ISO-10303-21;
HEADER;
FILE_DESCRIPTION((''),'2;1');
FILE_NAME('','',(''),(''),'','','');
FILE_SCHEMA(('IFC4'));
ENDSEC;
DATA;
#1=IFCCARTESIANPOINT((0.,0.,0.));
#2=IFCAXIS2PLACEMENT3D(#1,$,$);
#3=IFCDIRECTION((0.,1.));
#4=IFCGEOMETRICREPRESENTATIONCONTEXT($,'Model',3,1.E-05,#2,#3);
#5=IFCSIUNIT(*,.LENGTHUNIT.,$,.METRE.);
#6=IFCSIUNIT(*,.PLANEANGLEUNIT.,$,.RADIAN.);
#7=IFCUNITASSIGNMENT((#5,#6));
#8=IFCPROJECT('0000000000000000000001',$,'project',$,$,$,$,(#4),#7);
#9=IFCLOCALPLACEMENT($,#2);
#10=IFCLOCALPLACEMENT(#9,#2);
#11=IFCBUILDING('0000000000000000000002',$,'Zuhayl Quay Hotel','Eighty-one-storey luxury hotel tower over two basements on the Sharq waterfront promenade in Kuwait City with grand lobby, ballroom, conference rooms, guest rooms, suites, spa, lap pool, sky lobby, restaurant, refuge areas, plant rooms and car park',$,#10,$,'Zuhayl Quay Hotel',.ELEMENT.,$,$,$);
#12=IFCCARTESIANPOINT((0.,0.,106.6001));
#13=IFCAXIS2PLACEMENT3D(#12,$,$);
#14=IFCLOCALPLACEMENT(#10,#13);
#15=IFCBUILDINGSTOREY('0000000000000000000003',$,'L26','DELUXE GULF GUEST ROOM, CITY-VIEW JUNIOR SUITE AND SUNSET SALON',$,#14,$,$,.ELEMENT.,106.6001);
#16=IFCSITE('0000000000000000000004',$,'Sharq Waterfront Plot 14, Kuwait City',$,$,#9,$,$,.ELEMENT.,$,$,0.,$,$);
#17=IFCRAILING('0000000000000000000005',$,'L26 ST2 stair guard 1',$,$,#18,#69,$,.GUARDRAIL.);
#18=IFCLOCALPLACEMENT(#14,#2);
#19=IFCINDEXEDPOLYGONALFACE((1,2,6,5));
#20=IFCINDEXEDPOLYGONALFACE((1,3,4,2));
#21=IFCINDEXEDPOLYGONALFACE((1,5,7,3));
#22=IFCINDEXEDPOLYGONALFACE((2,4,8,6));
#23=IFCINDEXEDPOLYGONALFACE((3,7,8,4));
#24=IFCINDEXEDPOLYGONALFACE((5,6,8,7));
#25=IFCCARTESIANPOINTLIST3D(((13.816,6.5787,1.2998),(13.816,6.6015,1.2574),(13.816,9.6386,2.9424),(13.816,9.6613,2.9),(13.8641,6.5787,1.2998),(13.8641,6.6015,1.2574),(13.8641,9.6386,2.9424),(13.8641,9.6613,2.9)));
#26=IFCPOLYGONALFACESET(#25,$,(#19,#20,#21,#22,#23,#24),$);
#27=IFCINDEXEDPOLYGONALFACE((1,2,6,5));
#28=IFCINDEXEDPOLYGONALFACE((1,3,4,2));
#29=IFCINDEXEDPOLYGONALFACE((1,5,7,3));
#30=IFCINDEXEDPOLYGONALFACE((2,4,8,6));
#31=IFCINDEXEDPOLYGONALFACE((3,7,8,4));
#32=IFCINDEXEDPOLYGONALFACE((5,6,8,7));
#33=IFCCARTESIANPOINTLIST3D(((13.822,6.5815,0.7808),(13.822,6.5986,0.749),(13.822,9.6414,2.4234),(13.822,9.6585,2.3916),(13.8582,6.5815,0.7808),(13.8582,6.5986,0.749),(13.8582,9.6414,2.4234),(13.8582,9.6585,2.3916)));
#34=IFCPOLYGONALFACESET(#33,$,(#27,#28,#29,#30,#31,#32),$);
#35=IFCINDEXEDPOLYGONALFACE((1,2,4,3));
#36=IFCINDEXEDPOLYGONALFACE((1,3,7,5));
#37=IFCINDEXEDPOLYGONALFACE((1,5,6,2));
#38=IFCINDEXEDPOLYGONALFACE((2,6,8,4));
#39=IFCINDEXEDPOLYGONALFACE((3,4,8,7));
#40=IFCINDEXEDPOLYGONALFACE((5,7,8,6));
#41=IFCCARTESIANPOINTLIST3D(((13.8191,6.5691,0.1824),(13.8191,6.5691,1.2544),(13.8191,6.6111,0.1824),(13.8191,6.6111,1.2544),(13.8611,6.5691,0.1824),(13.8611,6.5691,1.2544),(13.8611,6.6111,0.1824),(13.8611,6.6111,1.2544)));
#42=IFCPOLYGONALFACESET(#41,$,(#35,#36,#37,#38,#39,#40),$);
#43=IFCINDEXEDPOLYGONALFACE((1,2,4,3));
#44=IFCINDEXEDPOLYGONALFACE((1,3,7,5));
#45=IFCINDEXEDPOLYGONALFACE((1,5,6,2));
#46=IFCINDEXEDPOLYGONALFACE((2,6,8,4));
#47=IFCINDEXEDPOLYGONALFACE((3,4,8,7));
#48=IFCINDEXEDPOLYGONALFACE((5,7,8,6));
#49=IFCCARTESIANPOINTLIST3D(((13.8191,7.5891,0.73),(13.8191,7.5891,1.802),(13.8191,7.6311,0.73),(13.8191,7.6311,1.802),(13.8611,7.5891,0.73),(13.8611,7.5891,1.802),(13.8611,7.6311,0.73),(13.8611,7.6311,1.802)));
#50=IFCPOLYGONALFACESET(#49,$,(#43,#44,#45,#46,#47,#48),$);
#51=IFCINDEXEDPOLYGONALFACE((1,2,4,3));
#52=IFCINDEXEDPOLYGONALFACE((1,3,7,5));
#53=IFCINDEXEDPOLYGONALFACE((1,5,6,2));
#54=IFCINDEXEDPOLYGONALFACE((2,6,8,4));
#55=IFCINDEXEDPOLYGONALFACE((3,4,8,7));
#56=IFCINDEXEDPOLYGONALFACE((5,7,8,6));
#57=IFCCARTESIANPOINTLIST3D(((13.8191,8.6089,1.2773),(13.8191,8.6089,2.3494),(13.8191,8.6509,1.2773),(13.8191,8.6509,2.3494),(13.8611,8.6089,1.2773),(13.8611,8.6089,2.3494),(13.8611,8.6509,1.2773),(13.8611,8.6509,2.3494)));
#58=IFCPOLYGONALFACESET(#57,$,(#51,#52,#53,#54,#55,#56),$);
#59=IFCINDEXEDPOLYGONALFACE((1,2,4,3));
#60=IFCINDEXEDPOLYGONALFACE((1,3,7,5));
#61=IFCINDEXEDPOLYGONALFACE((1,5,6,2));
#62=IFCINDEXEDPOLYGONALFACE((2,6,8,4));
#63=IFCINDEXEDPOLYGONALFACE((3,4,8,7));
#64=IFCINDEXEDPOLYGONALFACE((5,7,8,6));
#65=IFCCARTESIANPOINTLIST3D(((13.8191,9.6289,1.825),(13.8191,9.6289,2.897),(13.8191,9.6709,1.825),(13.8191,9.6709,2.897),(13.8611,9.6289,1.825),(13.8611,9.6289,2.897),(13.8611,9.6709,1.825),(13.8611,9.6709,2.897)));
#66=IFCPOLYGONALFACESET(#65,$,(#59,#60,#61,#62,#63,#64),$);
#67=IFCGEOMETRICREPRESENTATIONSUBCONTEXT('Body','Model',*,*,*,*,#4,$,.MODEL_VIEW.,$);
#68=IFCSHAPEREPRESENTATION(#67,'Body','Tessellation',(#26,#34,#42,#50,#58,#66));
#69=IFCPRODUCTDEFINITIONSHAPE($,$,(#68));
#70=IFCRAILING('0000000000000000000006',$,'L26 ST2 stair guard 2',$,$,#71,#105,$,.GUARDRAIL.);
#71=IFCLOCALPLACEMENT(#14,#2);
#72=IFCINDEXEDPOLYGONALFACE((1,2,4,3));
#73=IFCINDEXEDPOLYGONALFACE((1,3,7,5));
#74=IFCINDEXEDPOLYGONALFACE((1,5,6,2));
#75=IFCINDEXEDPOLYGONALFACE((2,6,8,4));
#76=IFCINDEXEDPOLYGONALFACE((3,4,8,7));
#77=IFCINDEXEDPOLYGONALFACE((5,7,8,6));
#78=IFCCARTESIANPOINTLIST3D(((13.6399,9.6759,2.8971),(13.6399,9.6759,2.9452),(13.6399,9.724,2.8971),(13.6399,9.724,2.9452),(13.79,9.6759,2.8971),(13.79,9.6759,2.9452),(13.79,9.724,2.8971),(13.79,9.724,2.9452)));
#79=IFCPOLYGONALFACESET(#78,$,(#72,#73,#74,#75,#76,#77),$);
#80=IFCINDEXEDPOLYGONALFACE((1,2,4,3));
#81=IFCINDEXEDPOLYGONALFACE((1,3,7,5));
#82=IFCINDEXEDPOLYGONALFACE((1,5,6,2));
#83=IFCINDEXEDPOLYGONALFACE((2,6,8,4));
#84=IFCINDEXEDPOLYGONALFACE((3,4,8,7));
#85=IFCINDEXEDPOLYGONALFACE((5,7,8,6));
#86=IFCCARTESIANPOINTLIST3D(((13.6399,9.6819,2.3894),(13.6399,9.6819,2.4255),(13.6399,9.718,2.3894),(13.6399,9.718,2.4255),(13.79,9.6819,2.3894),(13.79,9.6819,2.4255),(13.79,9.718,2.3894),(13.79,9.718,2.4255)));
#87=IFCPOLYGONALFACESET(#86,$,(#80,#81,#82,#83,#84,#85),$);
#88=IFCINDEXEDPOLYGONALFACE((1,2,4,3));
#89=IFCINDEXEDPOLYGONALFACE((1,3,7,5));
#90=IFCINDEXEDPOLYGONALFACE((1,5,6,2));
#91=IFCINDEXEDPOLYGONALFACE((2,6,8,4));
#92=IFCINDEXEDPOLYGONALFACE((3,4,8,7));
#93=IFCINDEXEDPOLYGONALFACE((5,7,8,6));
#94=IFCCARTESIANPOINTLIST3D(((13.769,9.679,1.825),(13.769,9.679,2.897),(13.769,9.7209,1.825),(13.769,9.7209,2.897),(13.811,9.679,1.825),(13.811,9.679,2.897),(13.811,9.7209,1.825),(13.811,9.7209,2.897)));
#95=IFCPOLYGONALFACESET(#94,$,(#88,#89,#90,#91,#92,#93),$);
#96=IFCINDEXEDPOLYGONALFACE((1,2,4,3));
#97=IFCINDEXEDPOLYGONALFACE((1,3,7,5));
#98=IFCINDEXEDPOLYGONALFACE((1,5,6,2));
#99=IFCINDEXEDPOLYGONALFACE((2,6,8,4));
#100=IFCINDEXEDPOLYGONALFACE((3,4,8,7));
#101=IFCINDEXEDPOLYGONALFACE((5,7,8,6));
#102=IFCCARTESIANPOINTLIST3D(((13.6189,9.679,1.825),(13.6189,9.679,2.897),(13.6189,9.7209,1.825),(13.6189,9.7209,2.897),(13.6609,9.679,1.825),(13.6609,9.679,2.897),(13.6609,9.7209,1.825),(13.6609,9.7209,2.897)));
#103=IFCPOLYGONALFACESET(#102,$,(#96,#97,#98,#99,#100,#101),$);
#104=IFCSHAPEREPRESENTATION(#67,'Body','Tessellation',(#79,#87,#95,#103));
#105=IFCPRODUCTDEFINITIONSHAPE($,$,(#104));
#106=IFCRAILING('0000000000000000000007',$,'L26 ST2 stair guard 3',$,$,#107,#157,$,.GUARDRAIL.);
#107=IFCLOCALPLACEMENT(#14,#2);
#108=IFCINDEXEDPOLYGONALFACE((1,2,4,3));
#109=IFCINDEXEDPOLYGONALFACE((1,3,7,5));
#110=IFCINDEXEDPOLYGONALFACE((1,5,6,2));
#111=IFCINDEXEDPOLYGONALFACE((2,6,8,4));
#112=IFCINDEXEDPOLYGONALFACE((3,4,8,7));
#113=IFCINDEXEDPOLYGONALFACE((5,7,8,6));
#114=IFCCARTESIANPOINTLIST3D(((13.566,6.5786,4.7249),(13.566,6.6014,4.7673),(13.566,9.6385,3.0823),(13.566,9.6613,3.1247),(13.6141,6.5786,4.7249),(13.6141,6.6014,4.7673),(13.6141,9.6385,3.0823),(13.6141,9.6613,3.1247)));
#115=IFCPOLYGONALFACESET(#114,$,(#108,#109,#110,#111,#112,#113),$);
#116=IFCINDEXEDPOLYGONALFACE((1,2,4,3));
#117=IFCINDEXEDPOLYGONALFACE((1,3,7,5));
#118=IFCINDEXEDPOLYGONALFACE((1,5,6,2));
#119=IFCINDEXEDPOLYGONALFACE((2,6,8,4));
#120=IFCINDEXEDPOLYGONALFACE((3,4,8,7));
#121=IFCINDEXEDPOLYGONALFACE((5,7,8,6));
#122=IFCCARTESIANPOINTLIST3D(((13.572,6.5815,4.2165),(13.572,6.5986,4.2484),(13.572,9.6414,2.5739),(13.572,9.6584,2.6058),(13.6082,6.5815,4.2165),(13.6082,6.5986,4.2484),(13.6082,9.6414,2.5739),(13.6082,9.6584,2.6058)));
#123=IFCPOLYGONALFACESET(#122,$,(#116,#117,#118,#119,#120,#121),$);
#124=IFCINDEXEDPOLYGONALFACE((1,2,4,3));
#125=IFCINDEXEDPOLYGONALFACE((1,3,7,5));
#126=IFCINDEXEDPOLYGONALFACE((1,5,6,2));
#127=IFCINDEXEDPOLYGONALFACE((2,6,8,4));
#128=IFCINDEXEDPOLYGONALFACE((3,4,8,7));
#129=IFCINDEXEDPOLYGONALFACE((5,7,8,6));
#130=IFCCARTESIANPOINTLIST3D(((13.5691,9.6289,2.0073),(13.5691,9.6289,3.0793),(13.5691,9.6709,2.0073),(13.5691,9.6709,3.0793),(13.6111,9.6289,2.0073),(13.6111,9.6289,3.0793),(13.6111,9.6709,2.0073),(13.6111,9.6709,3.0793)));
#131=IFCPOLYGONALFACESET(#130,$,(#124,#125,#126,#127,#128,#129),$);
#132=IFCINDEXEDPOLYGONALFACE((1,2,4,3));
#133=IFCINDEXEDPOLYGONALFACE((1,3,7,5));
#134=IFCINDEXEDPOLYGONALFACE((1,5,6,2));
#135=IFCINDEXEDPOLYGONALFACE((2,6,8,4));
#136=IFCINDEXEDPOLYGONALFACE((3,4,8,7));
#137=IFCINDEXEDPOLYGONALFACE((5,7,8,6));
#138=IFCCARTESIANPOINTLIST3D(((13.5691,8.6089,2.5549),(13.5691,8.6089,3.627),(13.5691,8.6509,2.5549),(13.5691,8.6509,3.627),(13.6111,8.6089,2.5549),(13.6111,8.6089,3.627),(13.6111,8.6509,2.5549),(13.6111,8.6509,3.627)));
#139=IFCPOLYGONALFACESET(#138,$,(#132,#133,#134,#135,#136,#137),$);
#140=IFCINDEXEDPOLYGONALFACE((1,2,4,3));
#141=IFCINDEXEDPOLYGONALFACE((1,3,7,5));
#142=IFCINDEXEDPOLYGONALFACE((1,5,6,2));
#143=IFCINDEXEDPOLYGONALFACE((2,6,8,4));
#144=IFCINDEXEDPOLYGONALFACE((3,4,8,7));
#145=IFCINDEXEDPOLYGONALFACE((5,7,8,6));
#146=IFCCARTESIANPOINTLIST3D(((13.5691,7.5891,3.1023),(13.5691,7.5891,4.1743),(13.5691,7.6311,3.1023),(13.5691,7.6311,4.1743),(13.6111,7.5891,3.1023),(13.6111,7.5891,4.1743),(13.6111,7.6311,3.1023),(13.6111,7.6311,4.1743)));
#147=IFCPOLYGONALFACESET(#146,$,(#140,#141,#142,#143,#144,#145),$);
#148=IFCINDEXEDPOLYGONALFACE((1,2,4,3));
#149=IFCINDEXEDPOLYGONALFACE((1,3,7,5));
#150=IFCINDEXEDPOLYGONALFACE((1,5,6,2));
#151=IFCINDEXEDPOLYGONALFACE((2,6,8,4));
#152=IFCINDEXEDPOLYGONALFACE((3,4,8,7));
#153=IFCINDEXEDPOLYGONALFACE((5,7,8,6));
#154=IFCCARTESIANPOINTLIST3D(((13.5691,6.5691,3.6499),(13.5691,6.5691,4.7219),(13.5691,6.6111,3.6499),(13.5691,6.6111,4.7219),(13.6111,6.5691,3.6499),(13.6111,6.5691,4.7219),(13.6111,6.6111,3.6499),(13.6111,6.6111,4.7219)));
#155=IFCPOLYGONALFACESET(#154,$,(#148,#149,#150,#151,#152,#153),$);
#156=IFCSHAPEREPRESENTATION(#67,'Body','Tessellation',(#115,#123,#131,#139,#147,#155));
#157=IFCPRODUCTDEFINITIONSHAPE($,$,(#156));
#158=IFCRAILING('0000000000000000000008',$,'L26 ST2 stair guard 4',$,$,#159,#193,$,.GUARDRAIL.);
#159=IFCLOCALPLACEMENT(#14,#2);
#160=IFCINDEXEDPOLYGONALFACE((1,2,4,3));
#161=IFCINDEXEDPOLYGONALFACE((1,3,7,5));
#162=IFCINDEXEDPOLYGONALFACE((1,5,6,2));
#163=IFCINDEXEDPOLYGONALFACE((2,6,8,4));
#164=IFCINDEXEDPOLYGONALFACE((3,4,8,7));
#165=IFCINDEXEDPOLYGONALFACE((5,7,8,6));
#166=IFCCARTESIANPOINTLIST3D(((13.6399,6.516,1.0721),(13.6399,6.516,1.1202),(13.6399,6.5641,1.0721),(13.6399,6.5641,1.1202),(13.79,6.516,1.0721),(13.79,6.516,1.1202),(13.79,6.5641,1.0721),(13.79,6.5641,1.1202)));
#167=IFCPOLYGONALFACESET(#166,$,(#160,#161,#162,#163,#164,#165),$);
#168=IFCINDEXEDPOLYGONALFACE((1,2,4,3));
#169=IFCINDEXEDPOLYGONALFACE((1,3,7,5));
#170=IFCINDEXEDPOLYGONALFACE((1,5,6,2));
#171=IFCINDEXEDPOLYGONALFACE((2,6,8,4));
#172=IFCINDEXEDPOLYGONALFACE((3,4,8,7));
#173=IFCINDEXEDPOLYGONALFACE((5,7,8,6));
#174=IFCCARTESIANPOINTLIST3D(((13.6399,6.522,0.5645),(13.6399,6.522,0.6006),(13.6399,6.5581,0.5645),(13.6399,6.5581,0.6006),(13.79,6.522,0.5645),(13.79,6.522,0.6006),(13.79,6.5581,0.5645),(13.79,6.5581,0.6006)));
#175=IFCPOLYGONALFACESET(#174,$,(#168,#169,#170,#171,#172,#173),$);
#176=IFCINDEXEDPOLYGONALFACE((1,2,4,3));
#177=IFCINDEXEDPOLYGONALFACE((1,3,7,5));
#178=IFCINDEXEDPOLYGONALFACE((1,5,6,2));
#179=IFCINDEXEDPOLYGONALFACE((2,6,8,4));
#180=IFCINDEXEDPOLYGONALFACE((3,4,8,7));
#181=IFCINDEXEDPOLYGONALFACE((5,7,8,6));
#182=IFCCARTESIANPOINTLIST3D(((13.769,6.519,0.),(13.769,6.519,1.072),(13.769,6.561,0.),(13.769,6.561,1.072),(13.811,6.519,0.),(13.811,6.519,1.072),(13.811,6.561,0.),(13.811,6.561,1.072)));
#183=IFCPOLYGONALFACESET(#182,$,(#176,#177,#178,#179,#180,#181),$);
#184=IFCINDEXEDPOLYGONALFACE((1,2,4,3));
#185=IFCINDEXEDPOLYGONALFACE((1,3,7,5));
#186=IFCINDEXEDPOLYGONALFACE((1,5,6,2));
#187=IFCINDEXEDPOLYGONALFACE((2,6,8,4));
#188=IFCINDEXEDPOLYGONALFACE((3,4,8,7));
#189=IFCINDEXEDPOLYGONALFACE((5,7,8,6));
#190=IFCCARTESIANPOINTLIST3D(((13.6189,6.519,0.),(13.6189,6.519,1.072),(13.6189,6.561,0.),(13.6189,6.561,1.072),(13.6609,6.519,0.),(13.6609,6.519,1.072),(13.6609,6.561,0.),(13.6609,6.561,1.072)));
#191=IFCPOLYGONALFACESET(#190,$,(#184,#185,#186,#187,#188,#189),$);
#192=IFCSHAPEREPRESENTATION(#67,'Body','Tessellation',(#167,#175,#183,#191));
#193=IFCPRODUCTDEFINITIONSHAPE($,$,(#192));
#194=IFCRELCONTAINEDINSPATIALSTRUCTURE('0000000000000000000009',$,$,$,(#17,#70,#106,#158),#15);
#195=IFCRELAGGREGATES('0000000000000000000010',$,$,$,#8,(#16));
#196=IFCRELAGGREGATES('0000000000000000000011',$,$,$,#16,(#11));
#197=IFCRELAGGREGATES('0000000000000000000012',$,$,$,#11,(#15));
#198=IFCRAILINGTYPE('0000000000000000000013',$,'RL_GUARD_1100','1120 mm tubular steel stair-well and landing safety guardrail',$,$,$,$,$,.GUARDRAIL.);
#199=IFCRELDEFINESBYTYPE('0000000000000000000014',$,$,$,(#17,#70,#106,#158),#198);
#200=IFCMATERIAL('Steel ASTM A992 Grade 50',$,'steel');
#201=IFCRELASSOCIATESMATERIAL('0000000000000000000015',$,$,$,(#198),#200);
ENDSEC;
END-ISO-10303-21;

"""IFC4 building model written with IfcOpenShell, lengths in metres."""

from ifc_helpers import new_model, si_unit, direction, frame, origin, origin_2d, place, context, subcontext, project, spatial, rectangle, extrude, material, type_object, element, save


model = new_model("IFC4")

# Units and contexts
model_context = context("Model", 3, precision=1e-05, world=origin(), true_north=direction((0.0, 1.0)))
body_context = subcontext(model_context, "Body", "Model", "MODEL_VIEW")
ifc_project = project(units=[si_unit("LENGTHUNIT", "METRE"), si_unit("PLANEANGLEUNIT", "RADIAN")], contexts=[model_context])

# Site, building, storey
site_placement = place(None, origin())
site = spatial("IfcSite", under=ifc_project, at=site_placement, Name="Sharq Waterfront Plot 14, Kuwait City", CompositionType="ELEMENT", RefElevation=0.0)
building_placement = place(site_placement, origin())
building = spatial("IfcBuilding", under=site, at=building_placement, Name="Zuhayl Quay Hotel", Description="Eighty-one-storey luxury hotel tower over two basements on the Sharq waterfront promenade in Kuwait City with grand lobby, ballroom, conference rooms, guest rooms, suites, spa, lap pool, sky lobby, restaurant, refuge areas, plant rooms and car park", LongName="Zuhayl Quay Hotel", CompositionType="ELEMENT")
storey_placement = place(building_placement, frame((0.0, 0.0, 106.6001)))
storey = spatial("IfcBuildingStorey", under=building, at=storey_placement, Name="L26", Description="DELUXE GULF GUEST ROOM, CITY-VIEW JUNIOR SUITE AND SUNSET SALON", CompositionType="ELEMENT", Elevation=106.6001)

# Shared definitions
ifc_material_1 = material(Name="Steel ASTM A992 Grade 50", Category="steel")

# Railings
railing_type_1 = type_object("IfcRailingType", Name="RL_GUARD_1100", Description="1120 mm tubular steel stair-well and landing safety guardrail", PredefinedType="GUARDRAIL", material=ifc_material_1)
railing_1_placement = place(storey_placement, frame((13.8401, 6.5901, 0.1824)))
element("IfcRailing", 1, at=railing_1_placement, inside=storey, type_object=railing_type_1, Name="L26 ST2 stair guard 1", PredefinedType="GUARDRAIL", context=body_context, shape_type="SweptSolid", body=[
    extrude(rectangle(XDim=0.0481, YDim=0.0481, at=origin_2d()), frame((0.0, 0.0, 1.0962), z_axis=(0.0, 0.881073, 0.47298), x_axis=(-1.0, 0.0, 0.0)), (0.0, 0.0, 1.0), 3.4729),
    extrude(rectangle(XDim=0.0361, YDim=0.0361, at=origin_2d()), frame((0.0, 0.0, 0.5825), z_axis=(0.0, 0.881073, 0.47298), x_axis=(-1.0, 0.0, 0.0)), (0.0, 0.0, 1.0), 3.4729),
    extrude(rectangle(XDim=0.042, YDim=0.042, at=origin_2d()), origin(), (0.0, 0.0, 1.0), 1.072),
    extrude(rectangle(XDim=0.042, YDim=0.042, at=origin_2d()), frame((0.0, 1.02, 0.5476)), (0.0, 0.0, 1.0), 1.072),
    extrude(rectangle(XDim=0.042, YDim=0.042, at=origin_2d()), frame((0.0, 2.0398, 1.095)), (0.0, 0.0, 1.0), 1.072),
    extrude(rectangle(XDim=0.042, YDim=0.042, at=origin_2d()), frame((0.0, 3.0598, 1.6426)), (0.0, 0.0, 1.0), 1.072),
])
railing_2_placement = place(storey_placement, frame((13.79, 9.7, 1.825)))
element("IfcRailing", 2, at=railing_2_placement, inside=storey, type_object=railing_type_1, Name="L26 ST2 stair guard 2", PredefinedType="GUARDRAIL", context=body_context, shape_type="SweptSolid", body=[
    extrude(rectangle(XDim=0.0481, YDim=0.0481, at=origin_2d()), frame((0.0, 0.0, 1.0962), z_axis=(-1.0, 0.0, 0.0), x_axis=(0.0, -1.0, 0.0)), (0.0, 0.0, 1.0), 0.1501),
    extrude(rectangle(XDim=0.0361, YDim=0.0361, at=origin_2d()), frame((0.0, 0.0, 0.5825), z_axis=(-1.0, 0.0, 0.0), x_axis=(0.0, -1.0, 0.0)), (0.0, 0.0, 1.0), 0.1501),
    extrude(rectangle(XDim=0.042, YDim=0.042, at=origin_2d()), origin(), (0.0, 0.0, 1.0), 1.072),
    extrude(rectangle(XDim=0.042, YDim=0.042, at=origin_2d()), frame((-0.1501, 0.0, 0.0)), (0.0, 0.0, 1.0), 1.072),
])
railing_3_placement = place(storey_placement, frame((13.5901, 9.6499, 2.0073)))
element("IfcRailing", 3, at=railing_3_placement, inside=storey, type_object=railing_type_1, Name="L26 ST2 stair guard 3", PredefinedType="GUARDRAIL", context=body_context, shape_type="SweptSolid", body=[
    extrude(rectangle(XDim=0.0481, YDim=0.0481, at=origin_2d()), frame((0.0, 0.0, 1.0962), z_axis=(0.0, -0.881073, 0.47298), x_axis=(1.0, 0.0, 0.0)), (0.0, 0.0, 1.0), 3.4729),
    extrude(rectangle(XDim=0.0361, YDim=0.0361, at=origin_2d()), frame((0.0, 0.0, 0.5825), z_axis=(0.0, -0.881073, 0.47298), x_axis=(1.0, 0.0, 0.0)), (0.0, 0.0, 1.0), 3.4729),
    extrude(rectangle(XDim=0.042, YDim=0.042, at=origin_2d()), origin(), (0.0, 0.0, 1.0), 1.072),
    extrude(rectangle(XDim=0.042, YDim=0.042, at=origin_2d()), frame((0.0, -1.02, 0.5476)), (0.0, 0.0, 1.0), 1.072),
    extrude(rectangle(XDim=0.042, YDim=0.042, at=origin_2d()), frame((0.0, -2.0398, 1.095)), (0.0, 0.0, 1.0), 1.072),
    extrude(rectangle(XDim=0.042, YDim=0.042, at=origin_2d()), frame((0.0, -3.0598, 1.6426)), (0.0, 0.0, 1.0), 1.072),
])
railing_4_placement = place(storey_placement, frame((13.79, 6.54, 0.0)))
element("IfcRailing", 4, at=railing_4_placement, inside=storey, type_object=railing_type_1, Name="L26 ST2 stair guard 4", PredefinedType="GUARDRAIL", context=body_context, shape_type="SweptSolid", body=[
    extrude(rectangle(XDim=0.0481, YDim=0.0481, at=origin_2d()), frame((0.0, 0.0, 1.0962), z_axis=(-1.0, 0.0, 0.0), x_axis=(0.0, -1.0, 0.0)), (0.0, 0.0, 1.0), 0.1501),
    extrude(rectangle(XDim=0.0361, YDim=0.0361, at=origin_2d()), frame((0.0, 0.0, 0.5825), z_axis=(-1.0, 0.0, 0.0), x_axis=(0.0, -1.0, 0.0)), (0.0, 0.0, 1.0), 0.1501),
    extrude(rectangle(XDim=0.042, YDim=0.042, at=origin_2d()), origin(), (0.0, 0.0, 1.0), 1.072),
    extrude(rectangle(XDim=0.042, YDim=0.042, at=origin_2d()), frame((-0.1501, 0.0, 0.0)), (0.0, 0.0, 1.0), 1.072),
])

save(model, "model.ifc")
